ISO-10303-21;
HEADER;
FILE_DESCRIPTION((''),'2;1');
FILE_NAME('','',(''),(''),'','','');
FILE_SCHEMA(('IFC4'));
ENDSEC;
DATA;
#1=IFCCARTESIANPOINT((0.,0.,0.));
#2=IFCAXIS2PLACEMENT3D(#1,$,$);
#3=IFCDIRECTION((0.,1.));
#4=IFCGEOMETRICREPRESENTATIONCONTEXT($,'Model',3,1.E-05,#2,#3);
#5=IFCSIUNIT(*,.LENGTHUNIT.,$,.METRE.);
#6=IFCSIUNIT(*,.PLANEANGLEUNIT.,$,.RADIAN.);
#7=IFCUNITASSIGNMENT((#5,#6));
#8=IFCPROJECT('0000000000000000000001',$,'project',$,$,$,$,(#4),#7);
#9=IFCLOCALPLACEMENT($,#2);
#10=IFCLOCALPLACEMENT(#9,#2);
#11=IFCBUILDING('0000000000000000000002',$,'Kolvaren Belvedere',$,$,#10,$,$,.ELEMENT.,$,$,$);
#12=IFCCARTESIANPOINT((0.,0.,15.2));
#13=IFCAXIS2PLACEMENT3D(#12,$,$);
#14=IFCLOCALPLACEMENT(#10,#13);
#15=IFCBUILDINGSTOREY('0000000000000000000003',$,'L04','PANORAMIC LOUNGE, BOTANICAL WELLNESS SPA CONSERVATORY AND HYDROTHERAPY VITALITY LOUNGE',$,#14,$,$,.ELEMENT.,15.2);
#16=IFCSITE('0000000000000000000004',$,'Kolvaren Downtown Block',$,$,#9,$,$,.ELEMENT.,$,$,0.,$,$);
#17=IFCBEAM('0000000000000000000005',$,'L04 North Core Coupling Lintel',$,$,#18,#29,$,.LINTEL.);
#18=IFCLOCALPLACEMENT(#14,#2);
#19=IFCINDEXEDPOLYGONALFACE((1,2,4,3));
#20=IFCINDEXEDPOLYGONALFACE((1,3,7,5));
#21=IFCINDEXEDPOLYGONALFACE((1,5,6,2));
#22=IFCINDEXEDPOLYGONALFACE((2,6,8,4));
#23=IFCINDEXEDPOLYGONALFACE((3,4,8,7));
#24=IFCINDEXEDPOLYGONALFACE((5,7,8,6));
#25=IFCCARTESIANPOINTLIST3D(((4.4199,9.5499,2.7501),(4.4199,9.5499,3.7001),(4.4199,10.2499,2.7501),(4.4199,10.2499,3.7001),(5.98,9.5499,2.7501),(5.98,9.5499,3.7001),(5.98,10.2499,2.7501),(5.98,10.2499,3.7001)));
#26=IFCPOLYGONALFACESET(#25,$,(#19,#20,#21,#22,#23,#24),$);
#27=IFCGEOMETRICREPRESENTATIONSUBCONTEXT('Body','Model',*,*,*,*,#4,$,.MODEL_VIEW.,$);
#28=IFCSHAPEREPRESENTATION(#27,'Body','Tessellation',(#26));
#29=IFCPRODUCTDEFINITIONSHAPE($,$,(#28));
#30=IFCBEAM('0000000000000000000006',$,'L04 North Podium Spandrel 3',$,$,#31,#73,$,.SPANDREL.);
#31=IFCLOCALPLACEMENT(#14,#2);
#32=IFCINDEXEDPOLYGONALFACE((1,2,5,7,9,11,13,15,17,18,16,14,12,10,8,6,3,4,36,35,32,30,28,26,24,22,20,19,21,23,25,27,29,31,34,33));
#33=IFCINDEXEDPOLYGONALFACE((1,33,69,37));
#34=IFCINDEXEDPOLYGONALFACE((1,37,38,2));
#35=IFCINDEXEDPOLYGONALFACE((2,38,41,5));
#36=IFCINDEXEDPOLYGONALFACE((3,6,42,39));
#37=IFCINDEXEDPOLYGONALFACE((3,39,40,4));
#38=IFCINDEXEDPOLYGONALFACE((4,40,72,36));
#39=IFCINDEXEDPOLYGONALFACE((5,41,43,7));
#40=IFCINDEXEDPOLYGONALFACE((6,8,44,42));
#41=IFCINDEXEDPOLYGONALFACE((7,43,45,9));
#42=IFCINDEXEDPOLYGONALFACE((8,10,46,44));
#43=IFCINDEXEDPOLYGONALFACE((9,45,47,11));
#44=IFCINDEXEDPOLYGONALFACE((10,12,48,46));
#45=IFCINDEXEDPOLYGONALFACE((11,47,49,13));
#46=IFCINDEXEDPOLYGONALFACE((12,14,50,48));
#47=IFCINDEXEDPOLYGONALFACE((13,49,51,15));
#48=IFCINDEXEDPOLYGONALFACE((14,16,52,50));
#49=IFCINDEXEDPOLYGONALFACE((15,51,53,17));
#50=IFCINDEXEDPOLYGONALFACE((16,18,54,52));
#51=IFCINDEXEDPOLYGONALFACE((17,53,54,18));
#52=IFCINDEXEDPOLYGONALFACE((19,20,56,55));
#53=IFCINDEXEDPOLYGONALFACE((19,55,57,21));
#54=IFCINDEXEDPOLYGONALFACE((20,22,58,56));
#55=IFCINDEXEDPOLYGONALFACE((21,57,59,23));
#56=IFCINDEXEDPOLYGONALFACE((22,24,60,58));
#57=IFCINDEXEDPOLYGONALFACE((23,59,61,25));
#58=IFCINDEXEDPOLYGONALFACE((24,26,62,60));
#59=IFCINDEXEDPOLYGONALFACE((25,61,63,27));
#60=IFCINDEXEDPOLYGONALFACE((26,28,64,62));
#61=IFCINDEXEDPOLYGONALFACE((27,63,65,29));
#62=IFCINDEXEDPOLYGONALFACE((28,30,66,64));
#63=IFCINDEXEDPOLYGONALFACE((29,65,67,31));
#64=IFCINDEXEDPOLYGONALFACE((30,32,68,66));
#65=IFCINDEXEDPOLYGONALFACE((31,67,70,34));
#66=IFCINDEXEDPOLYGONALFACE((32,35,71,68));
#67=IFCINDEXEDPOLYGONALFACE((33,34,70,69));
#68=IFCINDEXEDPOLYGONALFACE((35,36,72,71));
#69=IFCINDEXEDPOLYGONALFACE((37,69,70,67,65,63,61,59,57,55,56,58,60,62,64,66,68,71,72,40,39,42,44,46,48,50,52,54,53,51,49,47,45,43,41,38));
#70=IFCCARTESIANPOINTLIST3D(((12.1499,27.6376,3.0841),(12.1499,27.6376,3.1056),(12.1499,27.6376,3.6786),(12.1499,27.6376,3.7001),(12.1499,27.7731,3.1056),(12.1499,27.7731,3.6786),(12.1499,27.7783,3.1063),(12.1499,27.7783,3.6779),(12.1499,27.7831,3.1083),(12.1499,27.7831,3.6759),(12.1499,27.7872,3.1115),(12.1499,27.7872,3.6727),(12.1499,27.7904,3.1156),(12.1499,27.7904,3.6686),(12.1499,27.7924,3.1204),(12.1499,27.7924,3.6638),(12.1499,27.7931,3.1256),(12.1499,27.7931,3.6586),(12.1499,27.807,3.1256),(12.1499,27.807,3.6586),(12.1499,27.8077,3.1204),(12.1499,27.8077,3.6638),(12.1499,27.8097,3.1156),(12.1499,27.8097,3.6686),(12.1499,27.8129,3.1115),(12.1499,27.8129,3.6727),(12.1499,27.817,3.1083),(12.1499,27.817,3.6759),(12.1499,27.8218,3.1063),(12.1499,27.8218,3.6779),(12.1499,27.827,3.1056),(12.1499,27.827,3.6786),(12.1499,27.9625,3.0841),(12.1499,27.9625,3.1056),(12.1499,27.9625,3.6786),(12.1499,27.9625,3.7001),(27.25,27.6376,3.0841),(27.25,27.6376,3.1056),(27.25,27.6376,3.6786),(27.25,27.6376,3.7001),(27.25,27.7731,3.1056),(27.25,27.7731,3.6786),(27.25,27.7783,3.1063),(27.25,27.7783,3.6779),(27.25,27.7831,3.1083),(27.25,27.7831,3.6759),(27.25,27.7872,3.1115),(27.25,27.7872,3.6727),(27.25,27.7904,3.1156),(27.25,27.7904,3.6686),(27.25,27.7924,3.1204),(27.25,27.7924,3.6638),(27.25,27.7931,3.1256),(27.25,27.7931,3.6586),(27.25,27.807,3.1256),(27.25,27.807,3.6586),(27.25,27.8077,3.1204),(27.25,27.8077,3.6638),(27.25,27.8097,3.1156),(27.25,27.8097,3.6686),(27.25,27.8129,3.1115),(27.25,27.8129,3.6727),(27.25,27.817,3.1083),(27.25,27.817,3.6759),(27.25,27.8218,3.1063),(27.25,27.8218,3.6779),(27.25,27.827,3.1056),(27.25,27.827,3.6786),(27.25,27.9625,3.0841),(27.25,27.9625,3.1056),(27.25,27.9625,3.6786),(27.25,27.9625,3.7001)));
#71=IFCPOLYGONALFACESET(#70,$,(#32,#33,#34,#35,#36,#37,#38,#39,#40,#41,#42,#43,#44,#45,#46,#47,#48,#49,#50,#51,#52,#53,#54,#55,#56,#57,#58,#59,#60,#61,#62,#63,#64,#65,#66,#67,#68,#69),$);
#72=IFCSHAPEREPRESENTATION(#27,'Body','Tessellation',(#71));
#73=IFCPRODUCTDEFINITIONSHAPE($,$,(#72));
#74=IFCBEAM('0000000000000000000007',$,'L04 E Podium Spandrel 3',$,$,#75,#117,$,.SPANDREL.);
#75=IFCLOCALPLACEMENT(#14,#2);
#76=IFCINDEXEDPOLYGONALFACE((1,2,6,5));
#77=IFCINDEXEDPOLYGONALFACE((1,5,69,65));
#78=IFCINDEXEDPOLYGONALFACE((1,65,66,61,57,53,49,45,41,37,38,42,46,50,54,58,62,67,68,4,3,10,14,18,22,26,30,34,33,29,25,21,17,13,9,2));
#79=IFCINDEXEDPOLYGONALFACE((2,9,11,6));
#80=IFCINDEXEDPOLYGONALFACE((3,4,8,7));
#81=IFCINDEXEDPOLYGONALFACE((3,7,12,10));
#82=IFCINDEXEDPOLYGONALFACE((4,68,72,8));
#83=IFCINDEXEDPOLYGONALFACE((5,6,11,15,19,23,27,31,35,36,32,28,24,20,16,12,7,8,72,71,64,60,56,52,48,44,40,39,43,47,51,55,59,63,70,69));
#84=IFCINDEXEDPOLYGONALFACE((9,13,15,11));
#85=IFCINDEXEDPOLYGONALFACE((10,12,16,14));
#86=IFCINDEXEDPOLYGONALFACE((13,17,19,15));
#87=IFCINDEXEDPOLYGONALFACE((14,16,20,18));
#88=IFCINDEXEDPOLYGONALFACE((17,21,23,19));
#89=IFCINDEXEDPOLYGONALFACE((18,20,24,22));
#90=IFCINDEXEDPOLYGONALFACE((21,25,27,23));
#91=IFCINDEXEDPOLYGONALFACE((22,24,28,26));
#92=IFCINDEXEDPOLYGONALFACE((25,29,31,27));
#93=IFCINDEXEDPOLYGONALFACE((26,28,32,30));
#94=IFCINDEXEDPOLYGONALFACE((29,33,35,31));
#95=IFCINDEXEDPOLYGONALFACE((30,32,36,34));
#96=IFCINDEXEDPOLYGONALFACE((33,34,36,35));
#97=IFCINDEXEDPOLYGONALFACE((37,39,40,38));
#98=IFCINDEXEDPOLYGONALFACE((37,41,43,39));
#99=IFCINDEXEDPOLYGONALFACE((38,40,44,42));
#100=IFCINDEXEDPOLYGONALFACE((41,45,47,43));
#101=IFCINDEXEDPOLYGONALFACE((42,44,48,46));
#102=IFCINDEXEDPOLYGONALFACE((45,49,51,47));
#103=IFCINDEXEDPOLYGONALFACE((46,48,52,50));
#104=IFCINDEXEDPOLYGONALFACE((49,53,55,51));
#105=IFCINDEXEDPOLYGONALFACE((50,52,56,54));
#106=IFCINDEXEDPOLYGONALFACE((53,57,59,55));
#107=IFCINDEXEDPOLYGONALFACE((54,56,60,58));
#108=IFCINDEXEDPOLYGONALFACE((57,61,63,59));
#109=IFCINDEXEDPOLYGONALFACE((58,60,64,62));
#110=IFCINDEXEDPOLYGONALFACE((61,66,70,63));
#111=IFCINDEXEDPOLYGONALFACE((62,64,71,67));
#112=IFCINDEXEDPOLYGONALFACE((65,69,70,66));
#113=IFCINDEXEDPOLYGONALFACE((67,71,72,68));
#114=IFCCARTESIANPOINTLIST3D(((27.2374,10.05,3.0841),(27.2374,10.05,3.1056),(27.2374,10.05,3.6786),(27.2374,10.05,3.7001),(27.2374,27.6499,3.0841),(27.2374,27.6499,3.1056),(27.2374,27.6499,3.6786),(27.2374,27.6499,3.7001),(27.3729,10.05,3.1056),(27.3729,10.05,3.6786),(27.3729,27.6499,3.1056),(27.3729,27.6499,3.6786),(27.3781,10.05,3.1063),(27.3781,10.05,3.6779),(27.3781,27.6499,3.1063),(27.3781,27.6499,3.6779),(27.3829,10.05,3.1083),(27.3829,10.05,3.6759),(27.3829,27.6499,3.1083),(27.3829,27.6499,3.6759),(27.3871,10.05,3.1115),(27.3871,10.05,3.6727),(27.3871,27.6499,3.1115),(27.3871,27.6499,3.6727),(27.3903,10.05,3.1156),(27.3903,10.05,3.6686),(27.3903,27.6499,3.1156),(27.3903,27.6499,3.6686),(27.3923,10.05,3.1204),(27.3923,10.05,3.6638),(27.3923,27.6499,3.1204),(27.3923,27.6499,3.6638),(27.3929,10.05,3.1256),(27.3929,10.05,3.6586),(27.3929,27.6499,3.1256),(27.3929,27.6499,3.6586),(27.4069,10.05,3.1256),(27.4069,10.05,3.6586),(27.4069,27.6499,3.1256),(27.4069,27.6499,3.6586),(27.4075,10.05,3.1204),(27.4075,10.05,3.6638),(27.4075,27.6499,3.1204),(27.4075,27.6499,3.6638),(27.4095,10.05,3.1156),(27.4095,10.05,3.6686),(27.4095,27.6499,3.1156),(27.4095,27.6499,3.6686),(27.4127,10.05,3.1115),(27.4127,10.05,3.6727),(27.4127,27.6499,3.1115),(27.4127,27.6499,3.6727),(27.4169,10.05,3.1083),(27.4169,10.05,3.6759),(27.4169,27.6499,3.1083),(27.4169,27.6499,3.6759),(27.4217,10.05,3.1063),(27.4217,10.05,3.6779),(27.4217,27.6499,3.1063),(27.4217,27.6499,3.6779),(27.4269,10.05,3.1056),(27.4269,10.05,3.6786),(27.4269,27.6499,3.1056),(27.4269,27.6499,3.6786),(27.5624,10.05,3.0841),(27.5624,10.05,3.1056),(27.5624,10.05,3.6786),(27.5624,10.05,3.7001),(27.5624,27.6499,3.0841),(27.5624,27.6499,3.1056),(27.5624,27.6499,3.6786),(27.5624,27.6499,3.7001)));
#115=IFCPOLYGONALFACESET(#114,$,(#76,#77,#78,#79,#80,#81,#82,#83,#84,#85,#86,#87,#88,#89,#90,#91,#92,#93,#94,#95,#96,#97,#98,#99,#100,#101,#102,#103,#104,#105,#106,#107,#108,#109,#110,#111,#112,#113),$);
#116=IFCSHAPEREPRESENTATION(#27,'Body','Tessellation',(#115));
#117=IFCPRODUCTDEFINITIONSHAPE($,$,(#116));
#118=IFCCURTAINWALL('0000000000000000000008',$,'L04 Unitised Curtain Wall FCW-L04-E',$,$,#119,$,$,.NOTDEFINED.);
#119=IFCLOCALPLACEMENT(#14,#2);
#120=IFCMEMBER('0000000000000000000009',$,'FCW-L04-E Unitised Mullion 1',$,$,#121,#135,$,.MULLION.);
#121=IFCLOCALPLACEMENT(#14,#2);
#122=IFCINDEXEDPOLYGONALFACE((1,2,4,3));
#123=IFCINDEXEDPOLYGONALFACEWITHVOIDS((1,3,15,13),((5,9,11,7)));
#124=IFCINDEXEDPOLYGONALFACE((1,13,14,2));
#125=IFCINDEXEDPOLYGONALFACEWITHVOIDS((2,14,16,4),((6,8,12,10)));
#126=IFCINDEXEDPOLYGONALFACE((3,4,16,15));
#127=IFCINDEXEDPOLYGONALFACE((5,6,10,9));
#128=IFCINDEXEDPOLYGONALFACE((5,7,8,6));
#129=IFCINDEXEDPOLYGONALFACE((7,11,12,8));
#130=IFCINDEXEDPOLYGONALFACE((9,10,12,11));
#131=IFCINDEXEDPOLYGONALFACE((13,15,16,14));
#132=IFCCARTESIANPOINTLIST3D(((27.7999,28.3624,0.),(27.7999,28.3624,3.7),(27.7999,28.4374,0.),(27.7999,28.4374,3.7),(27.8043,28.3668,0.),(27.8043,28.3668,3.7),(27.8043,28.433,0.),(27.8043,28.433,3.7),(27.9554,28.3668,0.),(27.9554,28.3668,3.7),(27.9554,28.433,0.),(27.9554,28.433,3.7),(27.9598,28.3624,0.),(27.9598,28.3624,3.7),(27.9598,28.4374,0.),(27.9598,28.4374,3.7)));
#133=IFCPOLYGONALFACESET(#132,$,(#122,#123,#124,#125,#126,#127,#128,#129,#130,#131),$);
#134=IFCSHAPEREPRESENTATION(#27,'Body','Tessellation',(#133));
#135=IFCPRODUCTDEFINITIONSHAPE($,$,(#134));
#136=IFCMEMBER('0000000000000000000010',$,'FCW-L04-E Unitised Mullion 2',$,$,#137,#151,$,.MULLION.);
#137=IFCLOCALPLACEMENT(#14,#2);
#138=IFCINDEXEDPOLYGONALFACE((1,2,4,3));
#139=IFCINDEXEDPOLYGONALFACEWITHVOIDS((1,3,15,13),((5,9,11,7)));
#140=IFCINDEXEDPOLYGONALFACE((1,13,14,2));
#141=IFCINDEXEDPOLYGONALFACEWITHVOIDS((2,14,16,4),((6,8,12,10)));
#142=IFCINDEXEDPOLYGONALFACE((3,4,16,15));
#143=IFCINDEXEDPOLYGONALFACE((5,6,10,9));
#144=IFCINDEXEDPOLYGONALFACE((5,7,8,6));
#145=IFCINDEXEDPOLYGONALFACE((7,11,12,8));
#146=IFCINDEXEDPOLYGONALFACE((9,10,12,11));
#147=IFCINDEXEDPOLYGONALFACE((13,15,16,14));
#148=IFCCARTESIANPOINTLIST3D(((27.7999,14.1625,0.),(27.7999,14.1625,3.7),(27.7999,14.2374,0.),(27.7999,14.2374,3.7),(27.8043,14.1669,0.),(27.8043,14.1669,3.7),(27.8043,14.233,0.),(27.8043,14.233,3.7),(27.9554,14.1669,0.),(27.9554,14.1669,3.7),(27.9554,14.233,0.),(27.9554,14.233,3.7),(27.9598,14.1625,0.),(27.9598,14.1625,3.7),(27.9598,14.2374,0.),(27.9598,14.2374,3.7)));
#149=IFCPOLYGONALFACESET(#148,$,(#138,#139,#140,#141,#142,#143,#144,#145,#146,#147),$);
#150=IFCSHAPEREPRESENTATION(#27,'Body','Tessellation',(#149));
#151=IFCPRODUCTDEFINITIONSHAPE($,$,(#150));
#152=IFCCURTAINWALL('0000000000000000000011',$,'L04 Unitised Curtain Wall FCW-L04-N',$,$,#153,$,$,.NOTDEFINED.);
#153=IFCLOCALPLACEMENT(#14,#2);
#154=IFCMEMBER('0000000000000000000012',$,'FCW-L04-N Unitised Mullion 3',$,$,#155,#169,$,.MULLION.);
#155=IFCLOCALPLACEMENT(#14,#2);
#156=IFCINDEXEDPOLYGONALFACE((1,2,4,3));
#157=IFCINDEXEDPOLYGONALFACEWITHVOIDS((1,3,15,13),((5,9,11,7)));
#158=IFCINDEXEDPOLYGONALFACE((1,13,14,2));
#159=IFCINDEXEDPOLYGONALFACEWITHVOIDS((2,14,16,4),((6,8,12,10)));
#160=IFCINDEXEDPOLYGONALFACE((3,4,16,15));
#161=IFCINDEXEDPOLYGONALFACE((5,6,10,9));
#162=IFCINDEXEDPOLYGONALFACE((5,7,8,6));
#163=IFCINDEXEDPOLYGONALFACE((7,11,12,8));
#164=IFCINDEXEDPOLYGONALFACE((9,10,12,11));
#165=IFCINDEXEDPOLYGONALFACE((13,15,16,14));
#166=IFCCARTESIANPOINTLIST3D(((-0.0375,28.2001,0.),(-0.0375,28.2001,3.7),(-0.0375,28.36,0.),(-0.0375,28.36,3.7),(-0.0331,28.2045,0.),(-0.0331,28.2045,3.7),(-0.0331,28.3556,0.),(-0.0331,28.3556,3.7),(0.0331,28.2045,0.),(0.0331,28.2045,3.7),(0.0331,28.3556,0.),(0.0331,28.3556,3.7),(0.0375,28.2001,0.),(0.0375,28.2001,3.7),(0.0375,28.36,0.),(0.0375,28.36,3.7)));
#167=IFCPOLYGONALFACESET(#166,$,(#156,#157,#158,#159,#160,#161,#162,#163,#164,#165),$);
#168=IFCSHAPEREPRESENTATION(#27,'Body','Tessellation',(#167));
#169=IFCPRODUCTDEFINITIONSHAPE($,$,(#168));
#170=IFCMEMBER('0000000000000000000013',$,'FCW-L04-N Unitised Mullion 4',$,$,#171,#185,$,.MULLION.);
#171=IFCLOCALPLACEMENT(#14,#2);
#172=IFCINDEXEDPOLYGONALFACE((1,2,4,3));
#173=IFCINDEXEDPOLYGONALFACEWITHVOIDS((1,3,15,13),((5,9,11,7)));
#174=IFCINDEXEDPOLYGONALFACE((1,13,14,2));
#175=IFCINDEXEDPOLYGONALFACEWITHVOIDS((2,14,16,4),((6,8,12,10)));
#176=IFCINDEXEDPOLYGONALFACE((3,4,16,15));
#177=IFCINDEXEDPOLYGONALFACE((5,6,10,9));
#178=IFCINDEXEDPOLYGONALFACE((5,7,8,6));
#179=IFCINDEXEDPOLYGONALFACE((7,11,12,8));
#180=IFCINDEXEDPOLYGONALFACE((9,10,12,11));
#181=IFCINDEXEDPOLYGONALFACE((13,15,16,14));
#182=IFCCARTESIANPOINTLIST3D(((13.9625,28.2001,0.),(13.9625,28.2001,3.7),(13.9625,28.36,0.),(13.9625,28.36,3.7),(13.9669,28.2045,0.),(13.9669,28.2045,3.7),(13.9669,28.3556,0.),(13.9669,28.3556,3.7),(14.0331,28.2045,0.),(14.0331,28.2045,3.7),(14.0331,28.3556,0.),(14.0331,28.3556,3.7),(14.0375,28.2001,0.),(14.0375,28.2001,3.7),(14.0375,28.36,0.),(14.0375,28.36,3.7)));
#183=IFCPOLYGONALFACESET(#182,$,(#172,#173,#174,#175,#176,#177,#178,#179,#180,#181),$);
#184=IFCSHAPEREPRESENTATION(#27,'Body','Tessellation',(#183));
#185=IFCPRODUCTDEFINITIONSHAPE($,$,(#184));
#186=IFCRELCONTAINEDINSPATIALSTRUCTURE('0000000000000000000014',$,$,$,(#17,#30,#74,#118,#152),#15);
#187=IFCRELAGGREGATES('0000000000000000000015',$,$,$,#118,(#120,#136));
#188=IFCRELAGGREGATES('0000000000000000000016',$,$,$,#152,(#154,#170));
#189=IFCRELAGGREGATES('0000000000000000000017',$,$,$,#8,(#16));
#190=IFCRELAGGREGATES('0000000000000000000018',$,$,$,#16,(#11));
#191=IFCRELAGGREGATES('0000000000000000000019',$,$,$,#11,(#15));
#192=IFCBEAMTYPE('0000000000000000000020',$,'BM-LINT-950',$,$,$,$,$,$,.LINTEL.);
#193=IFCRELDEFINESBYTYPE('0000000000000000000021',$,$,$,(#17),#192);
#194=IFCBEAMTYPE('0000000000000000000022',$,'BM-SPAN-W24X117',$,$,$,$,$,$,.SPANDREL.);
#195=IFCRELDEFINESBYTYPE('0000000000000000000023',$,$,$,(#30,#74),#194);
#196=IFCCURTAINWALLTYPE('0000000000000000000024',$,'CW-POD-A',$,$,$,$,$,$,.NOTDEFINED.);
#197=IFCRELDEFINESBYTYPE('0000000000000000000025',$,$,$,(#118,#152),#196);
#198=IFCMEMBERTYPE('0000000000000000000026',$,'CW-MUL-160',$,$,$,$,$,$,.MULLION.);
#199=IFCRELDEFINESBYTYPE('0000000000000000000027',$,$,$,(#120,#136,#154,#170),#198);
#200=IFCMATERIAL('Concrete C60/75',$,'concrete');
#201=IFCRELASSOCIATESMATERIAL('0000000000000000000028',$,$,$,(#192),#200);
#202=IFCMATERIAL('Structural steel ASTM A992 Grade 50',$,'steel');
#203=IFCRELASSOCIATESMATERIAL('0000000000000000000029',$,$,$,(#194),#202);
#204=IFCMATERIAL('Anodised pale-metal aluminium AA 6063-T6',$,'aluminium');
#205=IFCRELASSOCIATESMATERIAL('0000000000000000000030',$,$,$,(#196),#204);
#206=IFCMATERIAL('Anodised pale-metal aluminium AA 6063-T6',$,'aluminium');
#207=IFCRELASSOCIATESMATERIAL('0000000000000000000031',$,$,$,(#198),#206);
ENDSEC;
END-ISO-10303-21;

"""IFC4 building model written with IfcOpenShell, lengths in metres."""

from ifc_helpers import new_model, si_unit, direction, frame, origin, origin_2d, place, context, subcontext, project, spatial, rectangle, hollow_rectangle, i_section, extrude, material, material_profile, profile_set, type_object, element, aggregate, save


model = new_model("IFC4")

# Units and contexts
model_context = context("Model", 3, precision=1e-05, world=origin(), true_north=direction((0.0, 1.0)))
body_context = subcontext(model_context, "Body", "Model", "MODEL_VIEW")
ifc_project = project(units=[si_unit("LENGTHUNIT", "METRE"), si_unit("PLANEANGLEUNIT", "RADIAN")], contexts=[model_context])

# Site, building, storey
site_placement = place(None, origin())
site = spatial("IfcSite", under=ifc_project, at=site_placement, Name="Kolvaren Downtown Block", CompositionType="ELEMENT", RefElevation=0.0)
building_placement = place(site_placement, origin())
building = spatial("IfcBuilding", under=site, at=building_placement, Name="Kolvaren Belvedere", CompositionType="ELEMENT")
storey_placement = place(building_placement, frame((0.0, 0.0, 15.2)))
storey = spatial("IfcBuildingStorey", under=building, at=storey_placement, Name="L04", Description="PANORAMIC LOUNGE, BOTANICAL WELLNESS SPA CONSERVATORY AND HYDROTHERAPY VITALITY LOUNGE", CompositionType="ELEMENT", Elevation=15.2)

# Beams
ifc_material_1 = material(Name="Concrete C60/75", Category="concrete")
ifc_material_profile_1 = material_profile(ifc_material_1, rectangle(XDim=0.7, YDim=0.95, at=origin_2d()), Name="RC 700X950")
ifc_profile_set_1 = profile_set([ifc_material_profile_1], Name="Concrete C60/75")
beam_type_1 = type_object("IfcBeamType", Name="BM-LINT-950", PredefinedType="LINTEL", material=ifc_profile_set_1)
beam_1_placement = place(storey_placement, frame((4.4199, 9.8999, 3.2251), z_axis=(1.0, 0.0, 0.0), x_axis=(0.0, 1.0, 0.0)))
element("IfcBeam", 1, at=beam_1_placement, inside=storey, type_object=beam_type_1, Name="L04 North Core Coupling Lintel", PredefinedType="LINTEL", context=body_context, shape_type="SweptSolid", body=[
    extrude(rectangle(XDim=0.7, YDim=0.95, at=origin_2d()), origin(), (0.0, 0.0, 1.0), 1.5601),
])
ifc_material_2 = material(Name="Structural steel ASTM A992 Grade 50", Category="steel")
ifc_material_profile_2 = material_profile(ifc_material_2, i_section(OverallWidth=0.325, OverallDepth=0.616, WebThickness=0.0139, FlangeThickness=0.0215, FilletRadius=0.02, at=origin_2d()), Name="W24X117")
ifc_profile_set_2 = profile_set([ifc_material_profile_2], Name="Structural steel ASTM A992 Grade 50")
beam_type_2 = type_object("IfcBeamType", Name="BM-SPAN-W24X117", PredefinedType="SPANDREL", material=ifc_profile_set_2)
beam_2_placement = place(storey_placement, frame((12.1499, 27.8, 3.3921), z_axis=(1.0, 0.0, 0.0), x_axis=(0.0, 1.0, 0.0)))
element("IfcBeam", 2, at=beam_2_placement, inside=storey, type_object=beam_type_2, Name="L04 North Podium Spandrel 3", PredefinedType="SPANDREL", context=body_context, shape_type="SweptSolid", body=[
    extrude(i_section(OverallWidth=0.325, OverallDepth=0.616, WebThickness=0.0139, FlangeThickness=0.0215, FilletRadius=0.02, at=origin_2d()), origin(), (0.0, 0.0, 1.0), 15.1001),
])
beam_3_placement = place(storey_placement, frame((27.3999, 10.05, 3.3921), z_axis=(0.0, 1.0, 0.0), x_axis=(-1.0, 0.0, 0.0)))
element("IfcBeam", 3, at=beam_3_placement, inside=storey, type_object=beam_type_2, Name="L04 E Podium Spandrel 3", PredefinedType="SPANDREL", context=body_context, shape_type="SweptSolid", body=[
    extrude(i_section(OverallWidth=0.325, OverallDepth=0.616, WebThickness=0.0139, FlangeThickness=0.0215, FilletRadius=0.02, at=origin_2d()), origin(), (0.0, 0.0, 1.0), 17.5999),
])

# Curtain walls, members
ifc_material_3 = material(Name="Anodised pale-metal aluminium AA 6063-T6", Category="aluminium")
curtain_wall_type = type_object("IfcCurtainWallType", Name="CW-POD-A", PredefinedType="NOTDEFINED", material=ifc_material_3)
curtain_wall_1_placement = place(storey_placement, origin())
curtain_wall_1 = element("IfcCurtainWall", 4, at=curtain_wall_1_placement, inside=storey, type_object=curtain_wall_type, Name="L04 Unitised Curtain Wall FCW-L04-E", PredefinedType="NOTDEFINED")
ifc_material_4 = material(Name="Anodised pale-metal aluminium AA 6063-T6", Category="aluminium")
ifc_material_profile_3 = material_profile(ifc_material_4, hollow_rectangle(XDim=0.075, YDim=0.1599, WallThickness=0.0044, at=origin_2d()), Name="ALU-MUL-160X75")
ifc_profile_set_3 = profile_set([ifc_material_profile_3], Name="Anodised pale-metal aluminium AA 6063-T6")
member_type_1 = type_object("IfcMemberType", Name="CW-MUL-160", PredefinedType="MULLION", material=ifc_profile_set_3)
member_1_placement = place(storey_placement, frame((27.8799, 28.3999, 0.0), z_axis=(0.0, 0.0, 1.0), x_axis=(0.0, 1.0, 0.0)))
member_1 = element("IfcMember", 5, at=member_1_placement, type_object=member_type_1, Name="FCW-L04-E Unitised Mullion 1", PredefinedType="MULLION", context=body_context, shape_type="SweptSolid", body=[
    extrude(hollow_rectangle(XDim=0.075, YDim=0.1599, WallThickness=0.0044, at=origin_2d()), origin(), (0.0, 0.0, 1.0), 3.7),
])
member_2_placement = place(storey_placement, frame((27.8799, 14.2, 0.0), z_axis=(0.0, 0.0, 1.0), x_axis=(0.0, 1.0, 0.0)))
member_2 = element("IfcMember", 6, at=member_2_placement, type_object=member_type_1, Name="FCW-L04-E Unitised Mullion 2", PredefinedType="MULLION", context=body_context, shape_type="SweptSolid", body=[
    extrude(hollow_rectangle(XDim=0.075, YDim=0.1599, WallThickness=0.0044, at=origin_2d()), origin(), (0.0, 0.0, 1.0), 3.7),
])
curtain_wall_2_placement = place(storey_placement, origin())
curtain_wall_2 = element("IfcCurtainWall", 7, at=curtain_wall_2_placement, inside=storey, type_object=curtain_wall_type, Name="L04 Unitised Curtain Wall FCW-L04-N", PredefinedType="NOTDEFINED")
member_3_placement = place(storey_placement, frame((0.0, 28.28, 0.0), z_axis=(0.0, 0.0, 1.0), x_axis=(1.0, 0.0, 0.0)))
member_3 = element("IfcMember", 8, at=member_3_placement, type_object=member_type_1, Name="FCW-L04-N Unitised Mullion 3", PredefinedType="MULLION", context=body_context, shape_type="SweptSolid", body=[
    extrude(hollow_rectangle(XDim=0.075, YDim=0.1599, WallThickness=0.0044, at=origin_2d()), origin(), (0.0, 0.0, 1.0), 3.7),
])
member_4_placement = place(storey_placement, frame((14.0, 28.28, 0.0), z_axis=(0.0, 0.0, 1.0), x_axis=(1.0, 0.0, 0.0)))
member_4 = element("IfcMember", 9, at=member_4_placement, type_object=member_type_1, Name="FCW-L04-N Unitised Mullion 4", PredefinedType="MULLION", context=body_context, shape_type="SweptSolid", body=[
    extrude(hollow_rectangle(XDim=0.075, YDim=0.1599, WallThickness=0.0044, at=origin_2d()), origin(), (0.0, 0.0, 1.0), 3.7),
])

aggregate(curtain_wall_1, [member_1, member_2])
aggregate(curtain_wall_2, [member_3, member_4])

save(model, "model.ifc")
